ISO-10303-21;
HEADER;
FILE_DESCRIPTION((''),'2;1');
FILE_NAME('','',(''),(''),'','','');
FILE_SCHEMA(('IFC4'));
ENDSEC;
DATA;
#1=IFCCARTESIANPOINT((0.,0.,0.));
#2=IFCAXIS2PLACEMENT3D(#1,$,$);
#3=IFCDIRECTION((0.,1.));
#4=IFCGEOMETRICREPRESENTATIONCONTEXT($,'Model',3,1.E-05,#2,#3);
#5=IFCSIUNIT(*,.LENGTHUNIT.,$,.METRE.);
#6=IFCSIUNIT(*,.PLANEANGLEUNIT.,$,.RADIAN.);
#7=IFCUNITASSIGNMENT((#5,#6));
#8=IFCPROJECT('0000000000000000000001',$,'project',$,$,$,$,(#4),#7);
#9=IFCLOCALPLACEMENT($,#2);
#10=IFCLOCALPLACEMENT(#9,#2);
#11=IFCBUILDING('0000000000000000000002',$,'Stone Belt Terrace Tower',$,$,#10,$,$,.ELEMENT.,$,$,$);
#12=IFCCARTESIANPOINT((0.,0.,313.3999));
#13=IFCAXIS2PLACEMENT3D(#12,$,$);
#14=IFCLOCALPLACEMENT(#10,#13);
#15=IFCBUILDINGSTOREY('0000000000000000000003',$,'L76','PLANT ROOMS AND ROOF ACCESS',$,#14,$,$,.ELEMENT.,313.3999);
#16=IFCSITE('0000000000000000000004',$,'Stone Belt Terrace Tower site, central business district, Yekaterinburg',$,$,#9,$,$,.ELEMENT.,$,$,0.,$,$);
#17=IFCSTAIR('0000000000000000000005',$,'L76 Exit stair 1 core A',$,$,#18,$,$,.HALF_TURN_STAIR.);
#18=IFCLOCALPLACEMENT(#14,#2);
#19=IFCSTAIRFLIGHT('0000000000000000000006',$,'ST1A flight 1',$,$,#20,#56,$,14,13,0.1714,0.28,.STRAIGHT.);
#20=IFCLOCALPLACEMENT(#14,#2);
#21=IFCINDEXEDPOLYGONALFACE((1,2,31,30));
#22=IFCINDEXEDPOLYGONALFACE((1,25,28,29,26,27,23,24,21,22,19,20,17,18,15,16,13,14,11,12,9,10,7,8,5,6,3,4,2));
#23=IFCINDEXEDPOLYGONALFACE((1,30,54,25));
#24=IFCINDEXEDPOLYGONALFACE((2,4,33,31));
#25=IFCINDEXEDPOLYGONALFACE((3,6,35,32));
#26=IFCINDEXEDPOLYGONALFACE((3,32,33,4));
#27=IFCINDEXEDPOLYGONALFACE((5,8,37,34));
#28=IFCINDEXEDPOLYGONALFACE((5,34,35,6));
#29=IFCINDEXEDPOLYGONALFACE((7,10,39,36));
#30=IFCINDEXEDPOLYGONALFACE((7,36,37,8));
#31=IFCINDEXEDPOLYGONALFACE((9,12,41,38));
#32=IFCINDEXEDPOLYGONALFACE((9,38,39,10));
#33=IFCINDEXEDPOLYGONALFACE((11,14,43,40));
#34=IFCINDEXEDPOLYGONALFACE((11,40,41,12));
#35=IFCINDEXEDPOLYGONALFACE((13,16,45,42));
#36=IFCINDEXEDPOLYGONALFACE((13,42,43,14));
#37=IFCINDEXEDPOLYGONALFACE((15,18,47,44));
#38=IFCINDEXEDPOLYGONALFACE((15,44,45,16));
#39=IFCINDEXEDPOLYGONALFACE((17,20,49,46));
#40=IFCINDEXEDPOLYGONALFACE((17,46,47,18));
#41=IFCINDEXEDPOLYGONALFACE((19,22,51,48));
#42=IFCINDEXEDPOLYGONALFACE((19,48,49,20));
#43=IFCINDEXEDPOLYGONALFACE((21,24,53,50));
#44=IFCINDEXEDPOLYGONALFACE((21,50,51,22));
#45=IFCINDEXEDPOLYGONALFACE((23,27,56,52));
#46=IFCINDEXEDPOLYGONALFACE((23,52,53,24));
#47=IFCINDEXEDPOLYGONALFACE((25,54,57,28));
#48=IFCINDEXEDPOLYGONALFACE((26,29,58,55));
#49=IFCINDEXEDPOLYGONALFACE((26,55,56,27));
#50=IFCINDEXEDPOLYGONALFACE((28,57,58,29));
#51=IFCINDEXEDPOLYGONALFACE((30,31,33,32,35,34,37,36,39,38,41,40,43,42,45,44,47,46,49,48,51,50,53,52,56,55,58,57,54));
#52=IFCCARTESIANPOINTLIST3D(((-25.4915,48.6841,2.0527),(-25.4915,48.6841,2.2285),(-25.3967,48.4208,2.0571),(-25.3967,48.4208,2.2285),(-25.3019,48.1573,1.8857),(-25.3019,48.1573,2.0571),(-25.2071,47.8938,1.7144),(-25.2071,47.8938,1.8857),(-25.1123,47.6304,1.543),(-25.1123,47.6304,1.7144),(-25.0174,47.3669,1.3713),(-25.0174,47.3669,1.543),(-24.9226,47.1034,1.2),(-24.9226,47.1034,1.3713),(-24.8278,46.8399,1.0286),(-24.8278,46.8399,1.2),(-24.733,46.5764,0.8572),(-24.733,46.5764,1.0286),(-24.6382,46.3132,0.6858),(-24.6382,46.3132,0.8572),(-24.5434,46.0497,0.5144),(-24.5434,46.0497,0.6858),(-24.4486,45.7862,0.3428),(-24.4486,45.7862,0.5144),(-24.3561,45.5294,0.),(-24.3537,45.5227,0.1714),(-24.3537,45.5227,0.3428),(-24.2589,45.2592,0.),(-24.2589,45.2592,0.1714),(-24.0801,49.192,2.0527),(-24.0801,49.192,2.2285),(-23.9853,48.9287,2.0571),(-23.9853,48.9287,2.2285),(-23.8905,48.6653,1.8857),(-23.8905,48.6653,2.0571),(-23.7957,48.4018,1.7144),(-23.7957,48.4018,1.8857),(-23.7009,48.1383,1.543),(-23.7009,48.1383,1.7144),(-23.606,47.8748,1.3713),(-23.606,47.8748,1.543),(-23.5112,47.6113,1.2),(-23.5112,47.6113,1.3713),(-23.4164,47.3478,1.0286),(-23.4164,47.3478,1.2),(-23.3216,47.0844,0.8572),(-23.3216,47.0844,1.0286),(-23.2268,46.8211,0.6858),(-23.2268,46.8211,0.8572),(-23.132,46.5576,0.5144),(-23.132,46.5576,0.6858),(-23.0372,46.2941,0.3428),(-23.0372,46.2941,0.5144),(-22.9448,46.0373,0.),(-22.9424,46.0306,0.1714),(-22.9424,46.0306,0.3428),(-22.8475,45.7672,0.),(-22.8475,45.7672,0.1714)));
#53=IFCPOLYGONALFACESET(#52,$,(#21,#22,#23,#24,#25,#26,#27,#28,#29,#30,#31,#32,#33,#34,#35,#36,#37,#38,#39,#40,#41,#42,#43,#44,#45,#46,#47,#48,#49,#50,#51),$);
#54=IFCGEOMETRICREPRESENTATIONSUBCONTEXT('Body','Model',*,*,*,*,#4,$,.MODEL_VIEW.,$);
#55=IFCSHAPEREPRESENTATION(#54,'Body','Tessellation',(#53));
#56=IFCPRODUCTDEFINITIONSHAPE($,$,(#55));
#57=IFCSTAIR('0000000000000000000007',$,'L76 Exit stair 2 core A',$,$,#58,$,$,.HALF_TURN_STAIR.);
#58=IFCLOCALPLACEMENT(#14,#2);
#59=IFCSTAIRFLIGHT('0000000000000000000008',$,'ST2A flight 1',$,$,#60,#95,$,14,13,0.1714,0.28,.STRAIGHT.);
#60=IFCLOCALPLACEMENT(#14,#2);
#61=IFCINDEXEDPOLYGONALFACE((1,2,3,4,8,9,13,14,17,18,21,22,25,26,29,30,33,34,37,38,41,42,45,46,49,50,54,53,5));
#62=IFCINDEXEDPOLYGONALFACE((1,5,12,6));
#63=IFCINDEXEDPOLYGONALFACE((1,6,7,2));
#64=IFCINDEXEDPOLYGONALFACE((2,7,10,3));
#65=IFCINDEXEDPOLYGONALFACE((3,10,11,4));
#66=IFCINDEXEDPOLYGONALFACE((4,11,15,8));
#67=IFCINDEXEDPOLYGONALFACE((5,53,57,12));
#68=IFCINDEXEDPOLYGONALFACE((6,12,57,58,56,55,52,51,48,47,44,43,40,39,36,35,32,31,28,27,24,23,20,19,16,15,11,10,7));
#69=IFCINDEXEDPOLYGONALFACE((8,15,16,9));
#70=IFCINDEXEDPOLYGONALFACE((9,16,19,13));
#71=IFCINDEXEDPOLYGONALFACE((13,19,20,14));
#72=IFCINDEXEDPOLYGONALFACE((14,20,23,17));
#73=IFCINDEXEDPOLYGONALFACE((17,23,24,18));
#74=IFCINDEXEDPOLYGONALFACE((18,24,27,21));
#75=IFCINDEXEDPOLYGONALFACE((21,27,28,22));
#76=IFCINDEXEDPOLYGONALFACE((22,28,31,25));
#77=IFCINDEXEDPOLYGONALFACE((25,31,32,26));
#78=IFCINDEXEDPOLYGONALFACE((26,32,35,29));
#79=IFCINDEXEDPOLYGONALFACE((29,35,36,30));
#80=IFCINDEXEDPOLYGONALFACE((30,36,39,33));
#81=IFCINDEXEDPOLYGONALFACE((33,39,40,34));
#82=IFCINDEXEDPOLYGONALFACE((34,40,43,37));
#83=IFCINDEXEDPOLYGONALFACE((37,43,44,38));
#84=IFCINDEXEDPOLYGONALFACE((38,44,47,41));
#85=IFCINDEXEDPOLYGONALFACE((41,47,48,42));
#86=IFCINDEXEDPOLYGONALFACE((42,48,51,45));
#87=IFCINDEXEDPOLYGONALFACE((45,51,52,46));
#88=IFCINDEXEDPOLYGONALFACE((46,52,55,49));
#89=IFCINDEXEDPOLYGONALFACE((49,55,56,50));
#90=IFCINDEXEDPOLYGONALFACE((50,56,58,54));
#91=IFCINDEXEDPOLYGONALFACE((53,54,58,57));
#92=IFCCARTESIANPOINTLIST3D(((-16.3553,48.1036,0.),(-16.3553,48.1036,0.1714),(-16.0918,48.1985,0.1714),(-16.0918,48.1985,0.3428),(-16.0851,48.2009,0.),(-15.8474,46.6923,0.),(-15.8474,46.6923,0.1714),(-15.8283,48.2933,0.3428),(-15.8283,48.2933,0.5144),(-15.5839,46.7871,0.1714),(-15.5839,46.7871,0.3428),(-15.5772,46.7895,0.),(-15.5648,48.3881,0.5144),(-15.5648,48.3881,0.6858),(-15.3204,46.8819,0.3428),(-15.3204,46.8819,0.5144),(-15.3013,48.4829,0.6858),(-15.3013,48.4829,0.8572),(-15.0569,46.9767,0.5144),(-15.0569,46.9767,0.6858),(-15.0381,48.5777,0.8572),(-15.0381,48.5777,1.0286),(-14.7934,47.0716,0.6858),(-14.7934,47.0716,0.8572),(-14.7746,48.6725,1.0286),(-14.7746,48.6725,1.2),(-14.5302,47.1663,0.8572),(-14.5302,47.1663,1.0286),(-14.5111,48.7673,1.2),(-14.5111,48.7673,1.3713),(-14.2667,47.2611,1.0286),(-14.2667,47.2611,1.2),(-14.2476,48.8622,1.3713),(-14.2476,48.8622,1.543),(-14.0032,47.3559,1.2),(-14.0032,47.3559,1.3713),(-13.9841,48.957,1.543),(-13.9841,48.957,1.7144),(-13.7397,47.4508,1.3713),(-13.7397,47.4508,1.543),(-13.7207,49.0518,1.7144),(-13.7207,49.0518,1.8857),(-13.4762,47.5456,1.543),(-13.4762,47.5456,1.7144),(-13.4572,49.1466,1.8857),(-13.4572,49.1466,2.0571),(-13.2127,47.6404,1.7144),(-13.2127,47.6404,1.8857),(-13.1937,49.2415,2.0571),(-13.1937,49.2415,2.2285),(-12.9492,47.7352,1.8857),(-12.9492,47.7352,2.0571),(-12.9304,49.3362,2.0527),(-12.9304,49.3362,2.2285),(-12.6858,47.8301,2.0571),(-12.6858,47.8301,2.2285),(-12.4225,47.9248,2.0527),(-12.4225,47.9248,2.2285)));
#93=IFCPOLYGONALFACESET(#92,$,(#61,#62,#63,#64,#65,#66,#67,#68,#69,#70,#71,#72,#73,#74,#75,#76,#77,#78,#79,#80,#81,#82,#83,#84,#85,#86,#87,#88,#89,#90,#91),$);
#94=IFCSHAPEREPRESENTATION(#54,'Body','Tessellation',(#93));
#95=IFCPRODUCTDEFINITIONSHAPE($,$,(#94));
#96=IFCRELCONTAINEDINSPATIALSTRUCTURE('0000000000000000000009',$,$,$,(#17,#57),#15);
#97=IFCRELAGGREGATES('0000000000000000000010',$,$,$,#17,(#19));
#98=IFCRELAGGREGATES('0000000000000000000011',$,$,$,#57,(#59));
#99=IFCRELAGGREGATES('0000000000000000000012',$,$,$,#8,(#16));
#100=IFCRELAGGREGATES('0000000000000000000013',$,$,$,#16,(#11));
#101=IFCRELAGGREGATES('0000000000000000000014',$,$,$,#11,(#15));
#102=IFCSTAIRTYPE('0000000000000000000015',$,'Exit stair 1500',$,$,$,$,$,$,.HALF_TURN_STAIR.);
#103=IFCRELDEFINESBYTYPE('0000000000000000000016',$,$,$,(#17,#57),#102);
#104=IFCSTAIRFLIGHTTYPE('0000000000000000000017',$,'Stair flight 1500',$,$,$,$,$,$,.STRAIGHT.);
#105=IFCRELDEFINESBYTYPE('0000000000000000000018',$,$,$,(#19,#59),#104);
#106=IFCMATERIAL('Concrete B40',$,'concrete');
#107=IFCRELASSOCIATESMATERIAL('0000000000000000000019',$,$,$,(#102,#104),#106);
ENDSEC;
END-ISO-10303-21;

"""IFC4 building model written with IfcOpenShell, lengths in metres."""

from ifc_helpers import new_model, si_unit, direction, frame, origin, place, context, subcontext, project, spatial, polyline, outline, extrude, material, type_object, element, aggregate, save


model = new_model("IFC4")

# Units and contexts
model_context = context("Model", 3, precision=1e-05, world=origin(), true_north=direction((0.0, 1.0)))
body_context = subcontext(model_context, "Body", "Model", "MODEL_VIEW")
ifc_project = project(units=[si_unit("LENGTHUNIT", "METRE"), si_unit("PLANEANGLEUNIT", "RADIAN")], contexts=[model_context])

# Site, building, storey
site_placement = place(None, origin())
site = spatial("IfcSite", under=ifc_project, at=site_placement, Name="Stone Belt Terrace Tower site, central business district, Yekaterinburg", CompositionType="ELEMENT", RefElevation=0.0)
building_placement = place(site_placement, origin())
building = spatial("IfcBuilding", under=site, at=building_placement, Name="Stone Belt Terrace Tower", CompositionType="ELEMENT")
storey_placement = place(building_placement, frame((0.0, 0.0, 313.3999)))
storey = spatial("IfcBuildingStorey", under=building, at=storey_placement, Name="L76", Description="PLANT ROOMS AND ROOF ACCESS", CompositionType="ELEMENT", Elevation=313.3999)

# Stairs, stair flights
ifc_material_1 = material(Name="Concrete B40", Category="concrete")
stair_type = type_object("IfcStairType", Name="Exit stair 1500", PredefinedType="HALF_TURN_STAIR", material=ifc_material_1)
stair_1_placement = place(storey_placement, origin())
stair_1 = element("IfcStair", 1, at=stair_1_placement, inside=storey, type_object=stair_type, Name="L76 Exit stair 1 core A", PredefinedType="HALF_TURN_STAIR")
stair_flight_type = type_object("IfcStairFlightType", Name="Stair flight 1500", PredefinedType="STRAIGHT", material=ifc_material_1)
stair_flight_1_placement = place(storey_placement, frame((-23.5532, 45.5132, 0.0), z_axis=(0.0, 0.0, 1.0), x_axis=(-0.338624, 0.940922, 0.0)))
stair_flight_1 = element("IfcStairFlight", 2, at=stair_flight_1_placement, type_object=stair_flight_type, Name="ST1A flight 1", NumberOfRisers=14, NumberOfTreads=13, PredefinedType="STRAIGHT", RiserHeight=0.1714, TreadLength=0.28, context=body_context, shape_type="SweptSolid", body=[
    extrude(outline(polyline([(0.0, 0.0), (0.0, 0.1714), (0.28, 0.1714), (0.28, 0.3428), (0.5601, 0.3428), (0.5601, 0.5144), (0.8401, 0.5144), (0.8401, 0.6858), (1.1201, 0.6858), (1.1201, 0.8572), (1.3999, 0.8572), (1.3999, 1.0286), (1.6799, 1.0286), (1.6799, 1.2), (1.96, 1.2), (1.96, 1.3713), (2.24, 1.3713), (2.24, 1.543), (2.52, 1.543), (2.52, 1.7144), (2.8, 1.7144), (2.8, 1.8857), (3.0801, 1.8857), (3.0801, 2.0571), (3.3601, 2.0571), (3.3601, 2.2285), (3.6399, 2.2285), (3.6399, 2.3999), (3.6399, 2.0527), (0.2871, 0.0), (0.0, 0.0)])), frame((0.0, 0.75, 0.0), z_axis=(0.0, -1.0, 0.0), x_axis=(1.0, 0.0, 0.0)), (0.0, 0.0, 1.0), 1.5),
])
aggregate(stair_1, [stair_flight_1])
stair_2_placement = place(storey_placement, origin())
stair_2 = element("IfcStair", 3, at=stair_2_placement, inside=storey, type_object=stair_type, Name="L76 Exit stair 2 core A", PredefinedType="HALF_TURN_STAIR")
stair_flight_2_placement = place(storey_placement, frame((-16.1013, 47.3979, 0.0), z_axis=(0.0, 0.0, 1.0), x_axis=(0.940922, 0.338624, 0.0)))
stair_flight_2 = element("IfcStairFlight", 4, at=stair_flight_2_placement, type_object=stair_flight_type, Name="ST2A flight 1", NumberOfRisers=14, NumberOfTreads=13, PredefinedType="STRAIGHT", RiserHeight=0.1714, TreadLength=0.28, context=body_context, shape_type="SweptSolid", body=[
    extrude(outline(polyline([(0.0, 0.0), (0.0, 0.1714), (0.28, 0.1714), (0.28, 0.3428), (0.5601, 0.3428), (0.5601, 0.5144), (0.8401, 0.5144), (0.8401, 0.6858), (1.1201, 0.6858), (1.1201, 0.8572), (1.3999, 0.8572), (1.3999, 1.0286), (1.6799, 1.0286), (1.6799, 1.2), (1.96, 1.2), (1.96, 1.3713), (2.24, 1.3713), (2.24, 1.543), (2.52, 1.543), (2.52, 1.7144), (2.8, 1.7144), (2.8, 1.8857), (3.0801, 1.8857), (3.0801, 2.0571), (3.3601, 2.0571), (3.3601, 2.2285), (3.6399, 2.2285), (3.6399, 2.3999), (3.6399, 2.0527), (0.2871, 0.0), (0.0, 0.0)])), frame((0.0, 0.75, 0.0), z_axis=(0.0, -1.0, 0.0), x_axis=(1.0, 0.0, 0.0)), (0.0, 0.0, 1.0), 1.5),
])
aggregate(stair_2, [stair_flight_2])

save(model, "model.ifc")
